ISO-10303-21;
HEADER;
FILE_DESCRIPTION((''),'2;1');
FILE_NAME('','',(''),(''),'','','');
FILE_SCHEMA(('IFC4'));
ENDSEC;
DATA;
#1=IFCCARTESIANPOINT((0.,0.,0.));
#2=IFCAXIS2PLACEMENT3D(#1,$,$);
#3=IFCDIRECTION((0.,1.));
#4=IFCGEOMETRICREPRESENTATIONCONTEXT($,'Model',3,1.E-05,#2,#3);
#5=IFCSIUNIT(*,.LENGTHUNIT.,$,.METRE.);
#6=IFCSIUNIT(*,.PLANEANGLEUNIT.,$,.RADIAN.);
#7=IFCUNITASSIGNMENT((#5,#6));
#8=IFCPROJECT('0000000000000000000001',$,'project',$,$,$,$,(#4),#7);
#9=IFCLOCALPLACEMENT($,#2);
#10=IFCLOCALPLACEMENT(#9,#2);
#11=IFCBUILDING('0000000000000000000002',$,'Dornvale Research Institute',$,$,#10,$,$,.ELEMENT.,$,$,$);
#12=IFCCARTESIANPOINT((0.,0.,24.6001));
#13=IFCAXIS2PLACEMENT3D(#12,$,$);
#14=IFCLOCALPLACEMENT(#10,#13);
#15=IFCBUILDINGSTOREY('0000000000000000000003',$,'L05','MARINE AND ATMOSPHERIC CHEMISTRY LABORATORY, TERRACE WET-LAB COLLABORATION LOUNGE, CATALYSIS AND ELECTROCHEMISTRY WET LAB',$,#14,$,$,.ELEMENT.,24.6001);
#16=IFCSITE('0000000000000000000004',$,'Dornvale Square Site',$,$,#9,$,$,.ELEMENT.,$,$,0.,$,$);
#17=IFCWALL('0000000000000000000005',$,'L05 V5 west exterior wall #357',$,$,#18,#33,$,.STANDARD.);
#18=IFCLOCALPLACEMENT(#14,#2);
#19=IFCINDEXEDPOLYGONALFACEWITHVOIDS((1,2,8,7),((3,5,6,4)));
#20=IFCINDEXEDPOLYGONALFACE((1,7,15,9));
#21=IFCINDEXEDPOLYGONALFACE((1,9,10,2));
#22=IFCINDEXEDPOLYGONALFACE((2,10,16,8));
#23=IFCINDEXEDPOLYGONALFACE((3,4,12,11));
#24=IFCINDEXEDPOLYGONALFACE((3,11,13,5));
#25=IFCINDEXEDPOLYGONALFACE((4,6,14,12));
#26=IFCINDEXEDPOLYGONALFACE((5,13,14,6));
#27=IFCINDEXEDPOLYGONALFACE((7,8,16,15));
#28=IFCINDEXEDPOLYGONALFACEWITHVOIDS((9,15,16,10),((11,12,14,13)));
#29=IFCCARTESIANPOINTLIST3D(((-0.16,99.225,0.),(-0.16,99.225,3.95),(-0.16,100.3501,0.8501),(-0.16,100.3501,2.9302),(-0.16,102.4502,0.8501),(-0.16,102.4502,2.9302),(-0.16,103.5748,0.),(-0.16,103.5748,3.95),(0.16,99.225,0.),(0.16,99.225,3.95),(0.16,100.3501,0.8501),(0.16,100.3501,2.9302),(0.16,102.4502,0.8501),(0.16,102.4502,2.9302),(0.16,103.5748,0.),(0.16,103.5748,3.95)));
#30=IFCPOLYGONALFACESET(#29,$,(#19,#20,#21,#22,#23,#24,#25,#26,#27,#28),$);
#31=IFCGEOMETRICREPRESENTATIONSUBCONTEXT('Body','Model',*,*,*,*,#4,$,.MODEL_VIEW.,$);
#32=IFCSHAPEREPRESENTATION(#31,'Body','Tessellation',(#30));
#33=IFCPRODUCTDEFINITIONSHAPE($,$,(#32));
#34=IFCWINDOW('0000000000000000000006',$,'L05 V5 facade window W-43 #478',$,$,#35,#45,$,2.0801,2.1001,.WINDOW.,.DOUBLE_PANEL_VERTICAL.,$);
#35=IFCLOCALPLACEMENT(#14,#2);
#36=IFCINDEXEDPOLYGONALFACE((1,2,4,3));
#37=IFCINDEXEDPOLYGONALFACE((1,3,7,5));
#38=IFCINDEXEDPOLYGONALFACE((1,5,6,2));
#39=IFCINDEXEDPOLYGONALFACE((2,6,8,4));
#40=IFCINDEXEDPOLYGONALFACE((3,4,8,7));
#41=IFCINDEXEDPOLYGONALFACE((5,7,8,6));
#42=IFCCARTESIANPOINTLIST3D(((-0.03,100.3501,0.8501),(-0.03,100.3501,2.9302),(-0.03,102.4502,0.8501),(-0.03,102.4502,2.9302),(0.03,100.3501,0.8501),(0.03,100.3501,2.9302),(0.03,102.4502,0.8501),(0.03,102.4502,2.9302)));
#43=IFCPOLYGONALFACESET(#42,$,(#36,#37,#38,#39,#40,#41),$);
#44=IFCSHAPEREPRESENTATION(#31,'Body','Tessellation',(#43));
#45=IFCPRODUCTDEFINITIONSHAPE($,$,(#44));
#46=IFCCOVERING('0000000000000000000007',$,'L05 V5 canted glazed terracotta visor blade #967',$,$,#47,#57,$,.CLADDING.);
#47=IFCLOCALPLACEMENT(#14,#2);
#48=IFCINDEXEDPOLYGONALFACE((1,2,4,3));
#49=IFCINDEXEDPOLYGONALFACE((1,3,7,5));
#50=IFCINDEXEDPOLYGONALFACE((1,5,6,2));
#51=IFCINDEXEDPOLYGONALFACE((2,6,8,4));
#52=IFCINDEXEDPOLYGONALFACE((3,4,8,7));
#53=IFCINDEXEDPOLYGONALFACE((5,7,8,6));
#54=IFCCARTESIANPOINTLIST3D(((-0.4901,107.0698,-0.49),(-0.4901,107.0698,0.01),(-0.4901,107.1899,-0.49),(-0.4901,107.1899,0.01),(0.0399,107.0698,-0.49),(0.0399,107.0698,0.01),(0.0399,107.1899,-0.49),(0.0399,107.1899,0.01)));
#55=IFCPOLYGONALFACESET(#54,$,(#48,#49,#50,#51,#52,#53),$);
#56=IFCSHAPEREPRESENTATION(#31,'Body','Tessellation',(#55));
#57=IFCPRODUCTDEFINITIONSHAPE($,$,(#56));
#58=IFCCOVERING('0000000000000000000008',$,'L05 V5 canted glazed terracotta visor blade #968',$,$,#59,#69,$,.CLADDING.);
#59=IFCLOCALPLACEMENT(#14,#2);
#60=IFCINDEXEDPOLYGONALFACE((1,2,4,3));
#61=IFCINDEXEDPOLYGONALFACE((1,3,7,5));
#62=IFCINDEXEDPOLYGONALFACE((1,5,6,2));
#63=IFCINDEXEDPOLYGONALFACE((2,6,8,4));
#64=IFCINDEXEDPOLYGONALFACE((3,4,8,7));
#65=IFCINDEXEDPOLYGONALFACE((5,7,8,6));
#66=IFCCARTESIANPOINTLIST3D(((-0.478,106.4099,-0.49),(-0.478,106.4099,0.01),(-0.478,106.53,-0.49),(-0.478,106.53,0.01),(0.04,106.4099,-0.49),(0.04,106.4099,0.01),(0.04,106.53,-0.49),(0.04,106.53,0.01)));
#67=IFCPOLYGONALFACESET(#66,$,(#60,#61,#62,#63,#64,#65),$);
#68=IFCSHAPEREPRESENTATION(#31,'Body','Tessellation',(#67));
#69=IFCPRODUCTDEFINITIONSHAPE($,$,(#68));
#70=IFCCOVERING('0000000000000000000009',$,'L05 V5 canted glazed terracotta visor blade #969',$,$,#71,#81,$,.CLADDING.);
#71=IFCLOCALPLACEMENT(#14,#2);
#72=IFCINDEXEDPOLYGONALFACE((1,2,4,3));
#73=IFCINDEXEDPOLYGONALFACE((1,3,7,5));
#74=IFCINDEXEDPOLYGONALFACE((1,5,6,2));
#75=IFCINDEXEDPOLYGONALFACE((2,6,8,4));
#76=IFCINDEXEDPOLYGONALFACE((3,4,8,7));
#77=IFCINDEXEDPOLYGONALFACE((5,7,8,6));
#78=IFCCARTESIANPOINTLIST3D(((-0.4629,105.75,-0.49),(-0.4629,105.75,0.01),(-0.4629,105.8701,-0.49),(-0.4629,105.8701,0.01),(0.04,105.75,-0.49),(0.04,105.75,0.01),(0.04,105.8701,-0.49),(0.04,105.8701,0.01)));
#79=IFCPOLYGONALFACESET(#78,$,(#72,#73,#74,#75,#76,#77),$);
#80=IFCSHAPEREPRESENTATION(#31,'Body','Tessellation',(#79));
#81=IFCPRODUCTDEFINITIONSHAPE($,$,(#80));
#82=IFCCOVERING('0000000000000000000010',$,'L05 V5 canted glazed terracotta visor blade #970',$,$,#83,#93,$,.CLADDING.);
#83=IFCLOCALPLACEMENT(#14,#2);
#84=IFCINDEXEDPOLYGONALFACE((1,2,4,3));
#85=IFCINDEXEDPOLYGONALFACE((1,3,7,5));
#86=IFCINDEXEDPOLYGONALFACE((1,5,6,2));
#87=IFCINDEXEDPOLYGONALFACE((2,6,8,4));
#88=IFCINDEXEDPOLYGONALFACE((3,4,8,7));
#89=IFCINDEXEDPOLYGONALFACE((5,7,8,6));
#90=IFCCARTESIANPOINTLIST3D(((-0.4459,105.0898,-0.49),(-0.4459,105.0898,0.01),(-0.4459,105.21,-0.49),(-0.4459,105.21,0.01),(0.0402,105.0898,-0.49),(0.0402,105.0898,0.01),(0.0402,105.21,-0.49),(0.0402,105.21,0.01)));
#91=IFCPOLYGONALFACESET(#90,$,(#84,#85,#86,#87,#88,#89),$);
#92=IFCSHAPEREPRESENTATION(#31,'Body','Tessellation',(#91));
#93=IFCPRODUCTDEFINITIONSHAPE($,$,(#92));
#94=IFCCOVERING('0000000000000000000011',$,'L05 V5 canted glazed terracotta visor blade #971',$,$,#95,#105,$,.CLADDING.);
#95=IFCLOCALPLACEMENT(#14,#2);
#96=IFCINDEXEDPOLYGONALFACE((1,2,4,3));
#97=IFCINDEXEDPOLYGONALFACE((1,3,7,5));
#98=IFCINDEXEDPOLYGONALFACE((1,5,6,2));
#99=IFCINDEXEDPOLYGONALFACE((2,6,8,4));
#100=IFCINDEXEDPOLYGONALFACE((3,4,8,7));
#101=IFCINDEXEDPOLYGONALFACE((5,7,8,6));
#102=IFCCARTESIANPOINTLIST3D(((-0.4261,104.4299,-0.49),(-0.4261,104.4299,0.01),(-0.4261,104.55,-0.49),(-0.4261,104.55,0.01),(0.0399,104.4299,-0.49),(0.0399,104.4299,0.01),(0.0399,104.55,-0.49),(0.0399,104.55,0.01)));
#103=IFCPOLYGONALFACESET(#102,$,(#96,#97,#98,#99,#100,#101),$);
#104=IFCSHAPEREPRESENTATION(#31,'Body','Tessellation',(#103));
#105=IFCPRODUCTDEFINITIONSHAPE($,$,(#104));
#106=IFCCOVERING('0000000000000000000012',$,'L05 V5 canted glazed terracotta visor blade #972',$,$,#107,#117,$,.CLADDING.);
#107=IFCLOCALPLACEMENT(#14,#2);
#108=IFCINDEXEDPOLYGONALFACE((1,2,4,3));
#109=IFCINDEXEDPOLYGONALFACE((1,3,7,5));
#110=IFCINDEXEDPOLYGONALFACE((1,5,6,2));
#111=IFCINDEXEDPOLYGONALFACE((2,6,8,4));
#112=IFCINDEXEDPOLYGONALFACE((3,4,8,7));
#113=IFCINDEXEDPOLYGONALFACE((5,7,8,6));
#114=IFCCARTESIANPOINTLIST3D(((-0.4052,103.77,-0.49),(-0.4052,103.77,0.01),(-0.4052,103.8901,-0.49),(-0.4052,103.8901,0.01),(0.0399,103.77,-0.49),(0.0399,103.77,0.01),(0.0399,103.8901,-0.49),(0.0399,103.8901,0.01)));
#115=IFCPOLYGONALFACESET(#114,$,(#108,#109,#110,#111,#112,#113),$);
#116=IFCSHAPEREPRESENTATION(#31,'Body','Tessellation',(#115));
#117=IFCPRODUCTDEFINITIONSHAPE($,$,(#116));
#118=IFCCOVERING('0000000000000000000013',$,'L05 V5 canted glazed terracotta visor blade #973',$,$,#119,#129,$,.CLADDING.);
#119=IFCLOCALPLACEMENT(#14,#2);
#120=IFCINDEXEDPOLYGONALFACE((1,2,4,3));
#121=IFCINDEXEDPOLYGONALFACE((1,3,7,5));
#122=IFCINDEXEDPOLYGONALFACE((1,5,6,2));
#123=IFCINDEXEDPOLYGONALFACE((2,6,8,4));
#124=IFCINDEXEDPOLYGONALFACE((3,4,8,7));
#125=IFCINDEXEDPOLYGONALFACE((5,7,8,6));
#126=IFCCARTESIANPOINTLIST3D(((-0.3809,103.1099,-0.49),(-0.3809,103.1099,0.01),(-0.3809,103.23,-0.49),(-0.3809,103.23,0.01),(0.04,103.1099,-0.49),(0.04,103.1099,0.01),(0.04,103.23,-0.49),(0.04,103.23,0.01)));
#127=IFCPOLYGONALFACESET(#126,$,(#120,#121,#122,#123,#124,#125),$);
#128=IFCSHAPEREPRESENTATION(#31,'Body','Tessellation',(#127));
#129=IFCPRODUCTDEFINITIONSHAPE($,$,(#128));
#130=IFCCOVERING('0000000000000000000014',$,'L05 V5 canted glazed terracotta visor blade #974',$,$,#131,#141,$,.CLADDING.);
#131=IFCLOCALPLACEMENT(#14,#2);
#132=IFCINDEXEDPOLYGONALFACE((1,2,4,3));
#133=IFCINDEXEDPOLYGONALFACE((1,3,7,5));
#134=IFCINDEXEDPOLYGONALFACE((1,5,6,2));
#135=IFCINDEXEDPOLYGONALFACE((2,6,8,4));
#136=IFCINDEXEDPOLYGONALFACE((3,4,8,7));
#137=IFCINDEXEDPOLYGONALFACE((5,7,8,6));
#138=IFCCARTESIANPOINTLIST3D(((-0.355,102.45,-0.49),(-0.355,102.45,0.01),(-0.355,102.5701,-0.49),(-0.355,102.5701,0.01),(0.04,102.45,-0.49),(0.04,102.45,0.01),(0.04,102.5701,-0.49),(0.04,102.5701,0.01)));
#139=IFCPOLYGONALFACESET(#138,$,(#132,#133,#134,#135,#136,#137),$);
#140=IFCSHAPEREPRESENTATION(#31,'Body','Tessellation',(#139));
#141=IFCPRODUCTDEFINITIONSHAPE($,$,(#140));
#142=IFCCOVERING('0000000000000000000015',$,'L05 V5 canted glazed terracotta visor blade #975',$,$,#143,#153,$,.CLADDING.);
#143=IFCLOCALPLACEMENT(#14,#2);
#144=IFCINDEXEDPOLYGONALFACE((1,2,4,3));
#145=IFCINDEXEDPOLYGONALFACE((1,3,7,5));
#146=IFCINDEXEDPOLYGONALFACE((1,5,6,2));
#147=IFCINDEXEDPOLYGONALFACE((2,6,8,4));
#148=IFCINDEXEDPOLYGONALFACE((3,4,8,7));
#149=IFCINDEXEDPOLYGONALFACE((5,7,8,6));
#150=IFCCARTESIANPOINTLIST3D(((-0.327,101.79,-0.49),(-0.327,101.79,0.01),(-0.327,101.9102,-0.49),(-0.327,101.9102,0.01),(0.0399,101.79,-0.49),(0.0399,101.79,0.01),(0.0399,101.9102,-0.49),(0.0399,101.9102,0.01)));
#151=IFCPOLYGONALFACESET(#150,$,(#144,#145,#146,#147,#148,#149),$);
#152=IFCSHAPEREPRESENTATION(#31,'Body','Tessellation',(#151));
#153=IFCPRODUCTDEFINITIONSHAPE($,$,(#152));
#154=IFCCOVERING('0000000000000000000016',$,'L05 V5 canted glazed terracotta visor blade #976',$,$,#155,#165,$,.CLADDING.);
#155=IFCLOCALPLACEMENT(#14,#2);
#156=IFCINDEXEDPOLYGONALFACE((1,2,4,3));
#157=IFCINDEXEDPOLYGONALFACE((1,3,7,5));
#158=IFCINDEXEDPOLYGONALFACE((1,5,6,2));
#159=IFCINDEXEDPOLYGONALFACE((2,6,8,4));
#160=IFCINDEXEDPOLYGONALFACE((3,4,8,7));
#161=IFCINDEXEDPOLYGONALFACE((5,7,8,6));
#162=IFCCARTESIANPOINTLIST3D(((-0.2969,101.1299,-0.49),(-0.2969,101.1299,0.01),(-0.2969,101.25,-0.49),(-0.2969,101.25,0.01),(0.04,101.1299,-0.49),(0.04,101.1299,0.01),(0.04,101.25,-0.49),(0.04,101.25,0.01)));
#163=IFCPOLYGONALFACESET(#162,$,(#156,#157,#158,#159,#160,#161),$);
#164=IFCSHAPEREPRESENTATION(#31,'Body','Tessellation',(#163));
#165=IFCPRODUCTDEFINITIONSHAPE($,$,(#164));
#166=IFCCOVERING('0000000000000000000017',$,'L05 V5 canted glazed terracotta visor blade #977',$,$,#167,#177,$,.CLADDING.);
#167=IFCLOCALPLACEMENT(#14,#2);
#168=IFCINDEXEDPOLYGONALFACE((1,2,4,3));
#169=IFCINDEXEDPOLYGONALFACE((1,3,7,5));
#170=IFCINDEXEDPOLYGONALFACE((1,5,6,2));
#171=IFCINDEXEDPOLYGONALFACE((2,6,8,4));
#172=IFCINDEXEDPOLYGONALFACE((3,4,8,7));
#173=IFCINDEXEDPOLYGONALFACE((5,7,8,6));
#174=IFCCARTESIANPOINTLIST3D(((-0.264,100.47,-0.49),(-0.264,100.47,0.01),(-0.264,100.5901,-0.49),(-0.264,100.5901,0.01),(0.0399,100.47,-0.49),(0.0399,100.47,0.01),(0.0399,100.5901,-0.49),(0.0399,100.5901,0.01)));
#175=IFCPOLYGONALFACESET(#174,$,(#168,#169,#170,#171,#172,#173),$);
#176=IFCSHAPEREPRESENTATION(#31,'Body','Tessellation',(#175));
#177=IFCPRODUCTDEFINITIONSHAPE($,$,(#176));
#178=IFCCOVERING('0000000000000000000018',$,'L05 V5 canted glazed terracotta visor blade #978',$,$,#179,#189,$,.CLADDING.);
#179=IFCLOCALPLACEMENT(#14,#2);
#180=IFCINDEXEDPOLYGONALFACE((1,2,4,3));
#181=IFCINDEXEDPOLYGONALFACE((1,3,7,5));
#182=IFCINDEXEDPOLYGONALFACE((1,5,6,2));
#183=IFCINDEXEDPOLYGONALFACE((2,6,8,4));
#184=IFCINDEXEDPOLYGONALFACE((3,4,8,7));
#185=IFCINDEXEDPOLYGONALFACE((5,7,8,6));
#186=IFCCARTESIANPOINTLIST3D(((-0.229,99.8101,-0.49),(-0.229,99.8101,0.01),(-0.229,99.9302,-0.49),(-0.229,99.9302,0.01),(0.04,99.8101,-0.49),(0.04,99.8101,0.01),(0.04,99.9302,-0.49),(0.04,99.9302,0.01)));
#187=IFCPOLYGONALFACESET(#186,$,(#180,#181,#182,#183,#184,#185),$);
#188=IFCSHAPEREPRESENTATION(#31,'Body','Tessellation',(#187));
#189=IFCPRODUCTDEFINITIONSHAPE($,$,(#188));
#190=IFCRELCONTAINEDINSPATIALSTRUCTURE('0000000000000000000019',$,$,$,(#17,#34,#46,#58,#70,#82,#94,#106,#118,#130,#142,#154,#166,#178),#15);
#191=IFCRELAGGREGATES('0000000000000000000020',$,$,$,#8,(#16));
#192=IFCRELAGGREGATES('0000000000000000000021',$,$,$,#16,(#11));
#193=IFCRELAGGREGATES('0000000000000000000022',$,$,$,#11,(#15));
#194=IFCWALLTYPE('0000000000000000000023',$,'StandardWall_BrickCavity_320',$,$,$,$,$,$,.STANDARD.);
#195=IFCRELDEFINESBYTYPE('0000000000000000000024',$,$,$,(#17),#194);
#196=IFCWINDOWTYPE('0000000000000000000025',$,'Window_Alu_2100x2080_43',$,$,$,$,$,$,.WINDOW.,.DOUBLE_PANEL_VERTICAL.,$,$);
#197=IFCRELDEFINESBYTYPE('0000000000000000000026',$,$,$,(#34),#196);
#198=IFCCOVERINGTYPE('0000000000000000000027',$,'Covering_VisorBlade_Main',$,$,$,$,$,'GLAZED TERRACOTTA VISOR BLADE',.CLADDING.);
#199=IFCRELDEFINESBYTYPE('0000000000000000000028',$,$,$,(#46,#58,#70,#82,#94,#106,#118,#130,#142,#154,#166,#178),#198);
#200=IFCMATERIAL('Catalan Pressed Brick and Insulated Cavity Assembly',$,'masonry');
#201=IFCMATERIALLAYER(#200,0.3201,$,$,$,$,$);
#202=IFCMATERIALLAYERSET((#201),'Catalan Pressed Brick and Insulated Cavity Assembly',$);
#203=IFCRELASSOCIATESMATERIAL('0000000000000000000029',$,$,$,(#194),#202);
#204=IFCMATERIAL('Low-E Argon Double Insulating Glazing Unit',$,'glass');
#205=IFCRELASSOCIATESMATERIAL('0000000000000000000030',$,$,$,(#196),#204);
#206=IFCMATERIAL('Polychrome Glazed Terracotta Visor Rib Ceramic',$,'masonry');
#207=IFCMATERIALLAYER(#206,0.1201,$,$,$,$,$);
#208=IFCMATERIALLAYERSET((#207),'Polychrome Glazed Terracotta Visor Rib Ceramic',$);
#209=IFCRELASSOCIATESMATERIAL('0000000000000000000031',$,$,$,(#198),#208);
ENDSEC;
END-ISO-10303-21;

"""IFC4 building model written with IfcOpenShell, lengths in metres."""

from ifc_helpers import new_model, si_unit, direction, frame, frame_2d, origin, origin_2d, place, context, subcontext, project, spatial, rectangle, extrude, material, layer, layer_set, type_object, element, fill, save


model = new_model("IFC4")

# Units and contexts
model_context = context("Model", 3, precision=1e-05, world=origin(), true_north=direction((0.0, 1.0)))
body_context = subcontext(model_context, "Body", "Model", "MODEL_VIEW")
ifc_project = project(units=[si_unit("LENGTHUNIT", "METRE"), si_unit("PLANEANGLEUNIT", "RADIAN")], contexts=[model_context])

# Site, building, storey
site_placement = place(None, origin())
site = spatial("IfcSite", under=ifc_project, at=site_placement, Name="Dornvale Square Site", CompositionType="ELEMENT", RefElevation=0.0)
building_placement = place(site_placement, origin())
building = spatial("IfcBuilding", under=site, at=building_placement, Name="Dornvale Research Institute", CompositionType="ELEMENT")
storey_placement = place(building_placement, frame((0.0, 0.0, 24.6001)))
storey = spatial("IfcBuildingStorey", under=building, at=storey_placement, Name="L05", Description="MARINE AND ATMOSPHERIC CHEMISTRY LABORATORY, TERRACE WET-LAB COLLABORATION LOUNGE, CATALYSIS AND ELECTROCHEMISTRY WET LAB", CompositionType="ELEMENT", Elevation=24.6001)

# Wall, opening, window
ifc_material_1 = material(Name="Catalan Pressed Brick and Insulated Cavity Assembly", Category="masonry")
ifc_layer_1 = layer(ifc_material_1, 0.3201)
ifc_layer_set_1 = layer_set([ifc_layer_1], Name="Catalan Pressed Brick and Insulated Cavity Assembly")
wall_type_1 = type_object("IfcWallType", Name="StandardWall_BrickCavity_320", PredefinedType="STANDARD", material=ifc_layer_set_1)
wall_1_placement = place(storey_placement, frame((0.0, 99.2251, 0.0), z_axis=(0.0, 0.0, 1.0), x_axis=(0.0, 1.0, 0.0)))
wall_1 = element("IfcWall", 1, at=wall_1_placement, inside=storey, type_object=wall_type_1, Name="L05 V5 west exterior wall #357", PredefinedType="STANDARD", context=body_context, shape_type="SweptSolid", body=[
    extrude(rectangle(XDim=4.3499, YDim=0.3201, at=frame_2d((2.1748, 0.0))), origin(), (0.0, 0.0, 1.0), 3.95),
])
opening_1_placement = place(wall_1_placement, frame((1.125, 0.0, 0.8501)))
opening_1 = element("IfcOpeningElement", 2, at=opening_1_placement, cuts=wall_1, PredefinedType="OPENING", context=body_context, shape_type="SweptSolid", body=[
    extrude(rectangle(XDim=2.1001, YDim=2.0801, at=frame_2d((1.05, 1.04))), frame((0.0, 0.175, 0.0), z_axis=(0.0, -1.0, 0.0), x_axis=(1.0, 0.0, 0.0)), (0.0, 0.0, 1.0), 0.3501),
])
ifc_material_2 = material(Name="Low-E Argon Double Insulating Glazing Unit", Category="glass")
window_type = type_object("IfcWindowType", Name="Window_Alu_2100x2080_43", PartitioningType="DOUBLE_PANEL_VERTICAL", PredefinedType="WINDOW", material=ifc_material_2)
window_placement = place(opening_1_placement, origin())
window = element("IfcWindow", 3, at=window_placement, inside=storey, type_object=window_type, Name="L05 V5 facade window W-43 #478", OverallHeight=2.0801, OverallWidth=2.1001, PartitioningType="DOUBLE_PANEL_VERTICAL", PredefinedType="WINDOW", context=body_context, shape_type="SweptSolid", body=[
    extrude(rectangle(XDim=2.1001, YDim=2.0801, at=frame_2d((1.05, 1.04))), frame((0.0, 0.03, 0.0), z_axis=(0.0, -1.0, 0.0), x_axis=(1.0, 0.0, 0.0)), (0.0, 0.0, 1.0), 0.0601),
])
fill(opening_1, window)

# Coverings
ifc_material_3 = material(Name="Polychrome Glazed Terracotta Visor Rib Ceramic", Category="masonry")
ifc_layer_2 = layer(ifc_material_3, 0.1201)
ifc_layer_set_2 = layer_set([ifc_layer_2], Name="Polychrome Glazed Terracotta Visor Rib Ceramic")
covering_type = type_object("IfcCoveringType", Name="Covering_VisorBlade_Main", ElementType="GLAZED TERRACOTTA VISOR BLADE", PredefinedType="CLADDING", material=ifc_layer_set_2)
covering_1_placement = place(storey_placement, frame((-0.2251, 107.1299, -0.49), z_axis=(0.0, 0.0, 1.0), x_axis=(1.0, 0.0, 0.0)))
element("IfcCovering", 4, at=covering_1_placement, inside=storey, type_object=covering_type, Name="L05 V5 canted glazed terracotta visor blade #967", PredefinedType="CLADDING", context=body_context, shape_type="SweptSolid", body=[
    extrude(rectangle(XDim=0.53, YDim=0.1201, at=origin_2d()), origin(), (0.0, 0.0, 1.0), 0.5),
])
covering_2_placement = place(storey_placement, frame((-0.219, 106.47, -0.49), z_axis=(0.0, 0.0, 1.0), x_axis=(1.0, 0.0, 0.0)))
element("IfcCovering", 5, at=covering_2_placement, inside=storey, type_object=covering_type, Name="L05 V5 canted glazed terracotta visor blade #968", PredefinedType="CLADDING", context=body_context, shape_type="SweptSolid", body=[
    extrude(rectangle(XDim=0.5181, YDim=0.1201, at=origin_2d()), origin(), (0.0, 0.0, 1.0), 0.5),
])
covering_3_placement = place(storey_placement, frame((-0.2114, 105.8101, -0.49), z_axis=(0.0, 0.0, 1.0), x_axis=(1.0, 0.0, 0.0)))
element("IfcCovering", 6, at=covering_3_placement, inside=storey, type_object=covering_type, Name="L05 V5 canted glazed terracotta visor blade #969", PredefinedType="CLADDING", context=body_context, shape_type="SweptSolid", body=[
    extrude(rectangle(XDim=0.5029, YDim=0.1201, at=origin_2d()), origin(), (0.0, 0.0, 1.0), 0.5),
])
covering_4_placement = place(storey_placement, frame((-0.2029, 105.1499, -0.49), z_axis=(0.0, 0.0, 1.0), x_axis=(1.0, 0.0, 0.0)))
element("IfcCovering", 7, at=covering_4_placement, inside=storey, type_object=covering_type, Name="L05 V5 canted glazed terracotta visor blade #970", PredefinedType="CLADDING", context=body_context, shape_type="SweptSolid", body=[
    extrude(rectangle(XDim=0.4861, YDim=0.1201, at=origin_2d()), origin(), (0.0, 0.0, 1.0), 0.5),
])
covering_5_placement = place(storey_placement, frame((-0.1931, 104.49, -0.49), z_axis=(0.0, 0.0, 1.0), x_axis=(1.0, 0.0, 0.0)))
element("IfcCovering", 8, at=covering_5_placement, inside=storey, type_object=covering_type, Name="L05 V5 canted glazed terracotta visor blade #971", PredefinedType="CLADDING", context=body_context, shape_type="SweptSolid", body=[
    extrude(rectangle(XDim=0.4661, YDim=0.1201, at=origin_2d()), origin(), (0.0, 0.0, 1.0), 0.5),
])
covering_6_placement = place(storey_placement, frame((-0.1826, 103.8301, -0.49), z_axis=(0.0, 0.0, 1.0), x_axis=(1.0, 0.0, 0.0)))
element("IfcCovering", 9, at=covering_6_placement, inside=storey, type_object=covering_type, Name="L05 V5 canted glazed terracotta visor blade #972", PredefinedType="CLADDING", context=body_context, shape_type="SweptSolid", body=[
    extrude(rectangle(XDim=0.4451, YDim=0.1201, at=origin_2d()), origin(), (0.0, 0.0, 1.0), 0.5),
])
covering_7_placement = place(storey_placement, frame((-0.1704, 103.1699, -0.49), z_axis=(0.0, 0.0, 1.0), x_axis=(1.0, 0.0, 0.0)))
element("IfcCovering", 10, at=covering_7_placement, inside=storey, type_object=covering_type, Name="L05 V5 canted glazed terracotta visor blade #973", PredefinedType="CLADDING", context=body_context, shape_type="SweptSolid", body=[
    extrude(rectangle(XDim=0.4209, YDim=0.1201, at=origin_2d()), origin(), (0.0, 0.0, 1.0), 0.5),
])
covering_8_placement = place(storey_placement, frame((-0.1575, 102.51, -0.49), z_axis=(0.0, 0.0, 1.0), x_axis=(1.0, 0.0, 0.0)))
element("IfcCovering", 11, at=covering_8_placement, inside=storey, type_object=covering_type, Name="L05 V5 canted glazed terracotta visor blade #974", PredefinedType="CLADDING", context=body_context, shape_type="SweptSolid", body=[
    extrude(rectangle(XDim=0.395, YDim=0.1201, at=origin_2d()), origin(), (0.0, 0.0, 1.0), 0.5),
])
covering_9_placement = place(storey_placement, frame((-0.1436, 101.8501, -0.49), z_axis=(0.0, 0.0, 1.0), x_axis=(1.0, 0.0, 0.0)))
element("IfcCovering", 12, at=covering_9_placement, inside=storey, type_object=covering_type, Name="L05 V5 canted glazed terracotta visor blade #975", PredefinedType="CLADDING", context=body_context, shape_type="SweptSolid", body=[
    extrude(rectangle(XDim=0.3669, YDim=0.1201, at=origin_2d()), origin(), (0.0, 0.0, 1.0), 0.5),
])
covering_10_placement = place(storey_placement, frame((-0.1284, 101.1899, -0.49), z_axis=(0.0, 0.0, 1.0), x_axis=(1.0, 0.0, 0.0)))
element("IfcCovering", 13, at=covering_10_placement, inside=storey, type_object=covering_type, Name="L05 V5 canted glazed terracotta visor blade #976", PredefinedType="CLADDING", context=body_context, shape_type="SweptSolid", body=[
    extrude(rectangle(XDim=0.3369, YDim=0.1201, at=origin_2d()), origin(), (0.0, 0.0, 1.0), 0.5),
])
covering_11_placement = place(storey_placement, frame((-0.1121, 100.53, -0.49), z_axis=(0.0, 0.0, 1.0), x_axis=(1.0, 0.0, 0.0)))
element("IfcCovering", 14, at=covering_11_placement, inside=storey, type_object=covering_type, Name="L05 V5 canted glazed terracotta visor blade #977", PredefinedType="CLADDING", context=body_context, shape_type="SweptSolid", body=[
    extrude(rectangle(XDim=0.304, YDim=0.1201, at=origin_2d()), origin(), (0.0, 0.0, 1.0), 0.5),
])
covering_12_placement = place(storey_placement, frame((-0.0945, 99.8701, -0.49), z_axis=(0.0, 0.0, 1.0), x_axis=(1.0, 0.0, 0.0)))
element("IfcCovering", 15, at=covering_12_placement, inside=storey, type_object=covering_type, Name="L05 V5 canted glazed terracotta visor blade #978", PredefinedType="CLADDING", context=body_context, shape_type="SweptSolid", body=[
    extrude(rectangle(XDim=0.269, YDim=0.1201, at=origin_2d()), origin(), (0.0, 0.0, 1.0), 0.5),
])

save(model, "model.ifc")
